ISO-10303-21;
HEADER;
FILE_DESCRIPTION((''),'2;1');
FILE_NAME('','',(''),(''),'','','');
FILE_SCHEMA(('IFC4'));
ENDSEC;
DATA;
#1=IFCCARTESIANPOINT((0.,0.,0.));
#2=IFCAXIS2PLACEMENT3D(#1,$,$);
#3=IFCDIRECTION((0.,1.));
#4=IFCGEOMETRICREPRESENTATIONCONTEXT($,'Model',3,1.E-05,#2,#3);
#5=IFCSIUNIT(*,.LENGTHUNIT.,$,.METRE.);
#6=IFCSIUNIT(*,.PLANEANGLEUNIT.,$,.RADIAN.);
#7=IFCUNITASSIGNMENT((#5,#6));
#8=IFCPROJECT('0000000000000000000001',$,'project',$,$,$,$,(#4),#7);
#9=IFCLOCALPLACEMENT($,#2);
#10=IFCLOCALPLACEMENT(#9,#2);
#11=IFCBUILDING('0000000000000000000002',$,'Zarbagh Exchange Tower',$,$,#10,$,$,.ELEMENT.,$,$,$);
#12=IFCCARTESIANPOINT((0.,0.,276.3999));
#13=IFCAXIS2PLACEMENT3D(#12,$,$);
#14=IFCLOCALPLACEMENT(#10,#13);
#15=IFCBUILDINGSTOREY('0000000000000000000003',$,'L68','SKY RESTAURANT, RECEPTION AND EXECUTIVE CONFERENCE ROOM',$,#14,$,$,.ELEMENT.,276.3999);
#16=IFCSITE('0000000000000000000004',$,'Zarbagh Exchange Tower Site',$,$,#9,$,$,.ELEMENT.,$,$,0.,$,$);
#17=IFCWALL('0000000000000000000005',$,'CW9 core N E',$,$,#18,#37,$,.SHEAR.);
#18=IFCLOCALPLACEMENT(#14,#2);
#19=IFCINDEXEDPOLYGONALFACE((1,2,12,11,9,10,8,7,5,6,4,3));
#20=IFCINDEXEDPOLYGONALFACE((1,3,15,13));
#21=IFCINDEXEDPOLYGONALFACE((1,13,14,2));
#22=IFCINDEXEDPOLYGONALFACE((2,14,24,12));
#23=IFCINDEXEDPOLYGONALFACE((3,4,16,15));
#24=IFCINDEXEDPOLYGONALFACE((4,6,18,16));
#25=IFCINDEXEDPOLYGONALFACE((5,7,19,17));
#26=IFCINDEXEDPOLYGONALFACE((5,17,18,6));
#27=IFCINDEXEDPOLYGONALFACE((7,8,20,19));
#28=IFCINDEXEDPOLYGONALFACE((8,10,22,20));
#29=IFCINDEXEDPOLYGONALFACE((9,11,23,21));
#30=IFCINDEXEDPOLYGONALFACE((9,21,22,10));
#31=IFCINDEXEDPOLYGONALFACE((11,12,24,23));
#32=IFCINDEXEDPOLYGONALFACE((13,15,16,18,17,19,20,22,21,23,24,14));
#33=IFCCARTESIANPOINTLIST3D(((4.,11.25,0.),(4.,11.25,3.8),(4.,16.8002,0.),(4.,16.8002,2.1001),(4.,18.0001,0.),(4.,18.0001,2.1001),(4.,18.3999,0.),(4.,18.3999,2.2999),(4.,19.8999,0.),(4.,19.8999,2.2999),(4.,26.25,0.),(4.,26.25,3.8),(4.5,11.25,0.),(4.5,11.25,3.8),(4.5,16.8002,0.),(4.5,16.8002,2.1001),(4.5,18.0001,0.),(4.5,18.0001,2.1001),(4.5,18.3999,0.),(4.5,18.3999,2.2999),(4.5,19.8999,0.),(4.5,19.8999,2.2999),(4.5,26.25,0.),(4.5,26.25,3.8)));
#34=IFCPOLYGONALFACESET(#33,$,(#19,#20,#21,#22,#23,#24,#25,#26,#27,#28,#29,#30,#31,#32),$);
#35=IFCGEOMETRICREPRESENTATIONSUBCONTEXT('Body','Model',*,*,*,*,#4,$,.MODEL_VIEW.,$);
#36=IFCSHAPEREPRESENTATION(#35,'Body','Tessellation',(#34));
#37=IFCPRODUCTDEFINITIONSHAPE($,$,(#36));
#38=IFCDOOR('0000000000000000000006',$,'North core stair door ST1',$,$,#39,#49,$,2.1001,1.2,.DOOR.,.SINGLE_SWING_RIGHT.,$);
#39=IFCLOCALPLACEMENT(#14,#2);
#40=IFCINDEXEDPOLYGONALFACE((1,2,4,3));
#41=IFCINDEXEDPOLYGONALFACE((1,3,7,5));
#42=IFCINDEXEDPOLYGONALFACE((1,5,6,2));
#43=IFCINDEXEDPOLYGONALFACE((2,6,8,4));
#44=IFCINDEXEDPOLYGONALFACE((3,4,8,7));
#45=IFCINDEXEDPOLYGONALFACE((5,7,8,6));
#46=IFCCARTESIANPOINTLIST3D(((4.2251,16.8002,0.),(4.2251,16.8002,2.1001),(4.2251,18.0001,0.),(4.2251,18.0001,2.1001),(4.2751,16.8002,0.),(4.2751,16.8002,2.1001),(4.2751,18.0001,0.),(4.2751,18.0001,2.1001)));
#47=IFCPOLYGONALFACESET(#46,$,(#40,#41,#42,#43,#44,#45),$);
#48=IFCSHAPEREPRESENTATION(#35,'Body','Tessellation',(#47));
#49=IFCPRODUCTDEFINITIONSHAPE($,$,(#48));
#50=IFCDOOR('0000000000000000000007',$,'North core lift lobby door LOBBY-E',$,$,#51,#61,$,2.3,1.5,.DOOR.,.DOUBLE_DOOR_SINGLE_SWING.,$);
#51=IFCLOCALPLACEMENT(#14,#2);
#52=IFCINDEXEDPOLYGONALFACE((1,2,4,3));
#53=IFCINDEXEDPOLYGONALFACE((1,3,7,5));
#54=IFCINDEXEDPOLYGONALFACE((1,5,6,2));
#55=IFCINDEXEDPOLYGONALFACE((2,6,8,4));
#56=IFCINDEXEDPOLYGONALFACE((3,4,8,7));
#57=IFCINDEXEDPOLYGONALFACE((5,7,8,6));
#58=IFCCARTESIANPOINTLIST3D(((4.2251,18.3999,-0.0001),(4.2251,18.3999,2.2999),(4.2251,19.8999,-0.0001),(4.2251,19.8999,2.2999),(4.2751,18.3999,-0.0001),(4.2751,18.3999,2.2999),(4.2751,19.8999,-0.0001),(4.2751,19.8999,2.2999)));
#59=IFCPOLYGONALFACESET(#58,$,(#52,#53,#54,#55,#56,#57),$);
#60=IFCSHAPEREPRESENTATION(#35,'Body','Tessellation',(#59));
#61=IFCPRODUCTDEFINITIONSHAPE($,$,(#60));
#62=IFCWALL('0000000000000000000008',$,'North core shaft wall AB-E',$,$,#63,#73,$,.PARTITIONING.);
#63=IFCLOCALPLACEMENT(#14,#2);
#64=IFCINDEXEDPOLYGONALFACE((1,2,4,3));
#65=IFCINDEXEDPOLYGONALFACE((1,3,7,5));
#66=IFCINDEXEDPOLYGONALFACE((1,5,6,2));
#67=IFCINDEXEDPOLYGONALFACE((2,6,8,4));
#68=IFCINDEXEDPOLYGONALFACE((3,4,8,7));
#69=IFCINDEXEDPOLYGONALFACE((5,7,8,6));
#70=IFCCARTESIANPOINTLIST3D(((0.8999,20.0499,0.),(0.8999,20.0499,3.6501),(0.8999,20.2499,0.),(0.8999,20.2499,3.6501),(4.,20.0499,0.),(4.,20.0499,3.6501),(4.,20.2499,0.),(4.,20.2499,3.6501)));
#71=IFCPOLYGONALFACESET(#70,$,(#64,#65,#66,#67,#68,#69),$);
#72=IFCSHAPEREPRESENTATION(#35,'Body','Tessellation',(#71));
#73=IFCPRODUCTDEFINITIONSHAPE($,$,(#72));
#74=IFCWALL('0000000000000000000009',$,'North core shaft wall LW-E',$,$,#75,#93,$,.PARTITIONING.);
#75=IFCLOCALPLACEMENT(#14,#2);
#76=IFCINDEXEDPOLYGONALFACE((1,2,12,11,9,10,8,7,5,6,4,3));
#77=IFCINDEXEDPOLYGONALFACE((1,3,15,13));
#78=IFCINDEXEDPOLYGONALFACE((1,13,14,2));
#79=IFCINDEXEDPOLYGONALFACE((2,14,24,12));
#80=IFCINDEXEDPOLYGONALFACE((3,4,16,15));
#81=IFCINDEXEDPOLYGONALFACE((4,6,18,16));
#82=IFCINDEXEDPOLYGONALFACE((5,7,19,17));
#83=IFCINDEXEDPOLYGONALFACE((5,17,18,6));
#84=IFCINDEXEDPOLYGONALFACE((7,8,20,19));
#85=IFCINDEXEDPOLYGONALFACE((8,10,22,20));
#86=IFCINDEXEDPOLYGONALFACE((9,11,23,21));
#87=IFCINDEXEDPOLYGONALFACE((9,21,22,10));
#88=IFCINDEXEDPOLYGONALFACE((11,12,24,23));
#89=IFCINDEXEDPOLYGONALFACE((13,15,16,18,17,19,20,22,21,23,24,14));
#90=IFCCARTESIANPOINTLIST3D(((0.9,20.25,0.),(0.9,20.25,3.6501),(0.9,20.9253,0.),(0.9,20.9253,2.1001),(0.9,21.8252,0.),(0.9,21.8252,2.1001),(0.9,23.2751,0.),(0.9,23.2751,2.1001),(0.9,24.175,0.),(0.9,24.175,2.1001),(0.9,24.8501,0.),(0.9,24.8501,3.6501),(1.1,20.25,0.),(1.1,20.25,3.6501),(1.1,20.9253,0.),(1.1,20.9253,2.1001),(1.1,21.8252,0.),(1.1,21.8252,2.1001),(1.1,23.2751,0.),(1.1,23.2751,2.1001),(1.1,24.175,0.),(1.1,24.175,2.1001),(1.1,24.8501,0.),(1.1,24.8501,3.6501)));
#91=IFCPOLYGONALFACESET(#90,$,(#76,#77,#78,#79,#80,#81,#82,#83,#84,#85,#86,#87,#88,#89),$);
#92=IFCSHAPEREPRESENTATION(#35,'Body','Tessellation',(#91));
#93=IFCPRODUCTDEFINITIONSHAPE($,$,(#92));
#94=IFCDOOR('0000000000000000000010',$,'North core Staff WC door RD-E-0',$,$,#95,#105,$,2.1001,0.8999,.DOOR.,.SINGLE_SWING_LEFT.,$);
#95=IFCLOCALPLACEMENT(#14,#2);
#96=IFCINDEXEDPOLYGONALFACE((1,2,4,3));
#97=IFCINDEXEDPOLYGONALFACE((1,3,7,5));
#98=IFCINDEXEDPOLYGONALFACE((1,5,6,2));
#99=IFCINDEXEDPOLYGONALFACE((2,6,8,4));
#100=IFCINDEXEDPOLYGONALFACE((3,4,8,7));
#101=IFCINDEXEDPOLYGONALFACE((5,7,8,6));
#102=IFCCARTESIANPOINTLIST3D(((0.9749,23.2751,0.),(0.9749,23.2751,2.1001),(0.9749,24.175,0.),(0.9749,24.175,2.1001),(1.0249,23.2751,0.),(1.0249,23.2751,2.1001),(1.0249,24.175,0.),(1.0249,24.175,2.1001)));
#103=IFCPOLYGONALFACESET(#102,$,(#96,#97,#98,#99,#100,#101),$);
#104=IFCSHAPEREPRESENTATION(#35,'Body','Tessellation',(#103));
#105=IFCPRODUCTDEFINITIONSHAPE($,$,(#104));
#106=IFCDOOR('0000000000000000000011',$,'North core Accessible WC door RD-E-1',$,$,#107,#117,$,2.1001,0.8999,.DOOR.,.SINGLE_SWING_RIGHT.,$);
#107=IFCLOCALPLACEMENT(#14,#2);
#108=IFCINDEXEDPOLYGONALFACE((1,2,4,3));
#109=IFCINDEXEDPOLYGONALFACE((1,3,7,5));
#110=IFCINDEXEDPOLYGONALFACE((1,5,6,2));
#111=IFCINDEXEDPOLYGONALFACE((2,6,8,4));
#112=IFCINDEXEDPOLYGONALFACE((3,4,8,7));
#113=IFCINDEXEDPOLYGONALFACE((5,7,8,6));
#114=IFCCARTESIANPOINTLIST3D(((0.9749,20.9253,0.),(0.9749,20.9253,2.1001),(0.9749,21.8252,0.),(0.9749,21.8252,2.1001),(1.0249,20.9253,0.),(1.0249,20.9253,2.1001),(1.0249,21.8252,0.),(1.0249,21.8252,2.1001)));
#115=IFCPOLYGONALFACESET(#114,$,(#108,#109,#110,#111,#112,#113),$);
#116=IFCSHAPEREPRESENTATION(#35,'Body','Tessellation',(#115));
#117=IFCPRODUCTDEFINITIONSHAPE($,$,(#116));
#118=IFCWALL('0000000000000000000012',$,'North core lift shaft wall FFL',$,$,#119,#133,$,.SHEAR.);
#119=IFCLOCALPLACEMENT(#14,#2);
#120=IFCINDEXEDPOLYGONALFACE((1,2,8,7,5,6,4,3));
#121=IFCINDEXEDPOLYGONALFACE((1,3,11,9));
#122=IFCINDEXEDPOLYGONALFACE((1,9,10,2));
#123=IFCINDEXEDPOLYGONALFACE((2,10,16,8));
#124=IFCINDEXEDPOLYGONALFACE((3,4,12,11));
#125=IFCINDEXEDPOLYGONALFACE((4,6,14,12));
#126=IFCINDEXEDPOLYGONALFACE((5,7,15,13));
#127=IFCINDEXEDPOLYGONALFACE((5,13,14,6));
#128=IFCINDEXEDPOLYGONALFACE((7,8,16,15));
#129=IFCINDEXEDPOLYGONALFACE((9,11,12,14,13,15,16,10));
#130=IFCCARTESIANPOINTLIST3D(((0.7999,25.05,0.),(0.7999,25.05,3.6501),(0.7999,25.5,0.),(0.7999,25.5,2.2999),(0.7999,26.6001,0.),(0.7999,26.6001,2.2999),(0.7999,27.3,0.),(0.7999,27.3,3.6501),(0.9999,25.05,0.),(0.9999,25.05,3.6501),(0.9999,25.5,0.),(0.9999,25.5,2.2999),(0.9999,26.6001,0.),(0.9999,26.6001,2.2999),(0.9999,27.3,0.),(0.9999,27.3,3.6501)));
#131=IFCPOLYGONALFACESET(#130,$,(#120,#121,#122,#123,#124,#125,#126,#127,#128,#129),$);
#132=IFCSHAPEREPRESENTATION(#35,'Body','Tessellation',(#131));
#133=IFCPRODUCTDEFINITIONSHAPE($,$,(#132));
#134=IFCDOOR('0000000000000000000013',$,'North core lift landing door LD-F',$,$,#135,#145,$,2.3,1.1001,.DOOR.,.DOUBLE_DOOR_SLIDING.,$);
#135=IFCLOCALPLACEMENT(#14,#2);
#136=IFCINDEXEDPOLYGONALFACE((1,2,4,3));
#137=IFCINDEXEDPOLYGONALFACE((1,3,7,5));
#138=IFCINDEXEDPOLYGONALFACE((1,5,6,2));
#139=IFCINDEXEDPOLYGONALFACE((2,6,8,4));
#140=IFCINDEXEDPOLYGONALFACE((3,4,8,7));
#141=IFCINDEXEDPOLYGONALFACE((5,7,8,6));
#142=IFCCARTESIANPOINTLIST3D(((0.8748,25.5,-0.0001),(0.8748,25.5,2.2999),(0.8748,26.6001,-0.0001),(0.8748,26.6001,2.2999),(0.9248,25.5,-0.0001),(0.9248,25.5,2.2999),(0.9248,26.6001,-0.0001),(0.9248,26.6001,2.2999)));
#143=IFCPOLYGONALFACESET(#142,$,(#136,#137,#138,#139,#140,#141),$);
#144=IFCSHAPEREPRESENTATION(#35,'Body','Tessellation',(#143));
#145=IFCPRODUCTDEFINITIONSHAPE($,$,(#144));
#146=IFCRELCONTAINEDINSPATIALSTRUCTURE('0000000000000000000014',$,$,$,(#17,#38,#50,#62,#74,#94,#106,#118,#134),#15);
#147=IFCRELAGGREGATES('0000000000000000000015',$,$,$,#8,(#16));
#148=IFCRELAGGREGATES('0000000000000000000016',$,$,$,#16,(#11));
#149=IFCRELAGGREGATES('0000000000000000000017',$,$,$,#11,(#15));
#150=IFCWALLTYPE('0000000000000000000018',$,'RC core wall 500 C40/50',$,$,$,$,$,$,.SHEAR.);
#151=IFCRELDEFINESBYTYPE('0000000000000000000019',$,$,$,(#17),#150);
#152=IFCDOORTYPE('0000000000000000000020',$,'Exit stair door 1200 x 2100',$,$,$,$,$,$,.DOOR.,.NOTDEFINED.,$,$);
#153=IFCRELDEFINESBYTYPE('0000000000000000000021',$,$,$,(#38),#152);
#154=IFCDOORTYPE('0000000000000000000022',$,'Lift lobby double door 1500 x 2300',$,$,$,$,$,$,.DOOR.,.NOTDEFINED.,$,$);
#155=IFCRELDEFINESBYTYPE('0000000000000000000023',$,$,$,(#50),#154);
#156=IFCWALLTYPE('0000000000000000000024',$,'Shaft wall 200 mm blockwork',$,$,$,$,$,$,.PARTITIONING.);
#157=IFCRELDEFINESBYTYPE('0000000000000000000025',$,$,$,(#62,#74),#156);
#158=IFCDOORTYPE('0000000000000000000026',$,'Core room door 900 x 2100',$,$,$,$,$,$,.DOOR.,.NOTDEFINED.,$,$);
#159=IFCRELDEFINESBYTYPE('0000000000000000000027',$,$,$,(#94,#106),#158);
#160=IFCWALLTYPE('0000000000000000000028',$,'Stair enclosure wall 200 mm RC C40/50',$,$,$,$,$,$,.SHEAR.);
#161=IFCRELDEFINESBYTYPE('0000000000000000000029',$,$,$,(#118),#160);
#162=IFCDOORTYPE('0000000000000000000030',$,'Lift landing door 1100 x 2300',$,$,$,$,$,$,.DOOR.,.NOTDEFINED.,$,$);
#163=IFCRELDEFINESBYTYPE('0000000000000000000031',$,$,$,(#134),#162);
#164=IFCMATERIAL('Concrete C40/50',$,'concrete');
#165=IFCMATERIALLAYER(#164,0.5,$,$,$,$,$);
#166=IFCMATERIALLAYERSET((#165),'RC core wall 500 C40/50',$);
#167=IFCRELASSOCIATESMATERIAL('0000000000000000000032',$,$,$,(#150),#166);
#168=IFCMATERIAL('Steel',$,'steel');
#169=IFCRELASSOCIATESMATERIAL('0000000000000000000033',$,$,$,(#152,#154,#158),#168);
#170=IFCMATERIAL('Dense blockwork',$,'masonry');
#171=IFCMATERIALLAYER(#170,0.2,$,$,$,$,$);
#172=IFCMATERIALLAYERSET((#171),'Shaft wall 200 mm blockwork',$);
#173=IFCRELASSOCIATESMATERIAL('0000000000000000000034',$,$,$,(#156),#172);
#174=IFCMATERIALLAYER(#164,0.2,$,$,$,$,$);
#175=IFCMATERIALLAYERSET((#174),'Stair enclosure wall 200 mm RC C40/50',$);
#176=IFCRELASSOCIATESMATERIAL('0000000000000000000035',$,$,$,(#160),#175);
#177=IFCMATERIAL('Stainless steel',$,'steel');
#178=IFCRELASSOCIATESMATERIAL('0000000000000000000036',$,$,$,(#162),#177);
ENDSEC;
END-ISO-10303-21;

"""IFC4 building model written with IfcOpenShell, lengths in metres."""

from ifc_helpers import new_model, si_unit, direction, frame, frame_2d, origin, place, context, subcontext, project, spatial, rectangle, extrude, material, layer, layer_set, type_object, element, fill, save


model = new_model("IFC4")

# Units and contexts
model_context = context("Model", 3, precision=1e-05, world=origin(), true_north=direction((0.0, 1.0)))
body_context = subcontext(model_context, "Body", "Model", "MODEL_VIEW")
ifc_project = project(units=[si_unit("LENGTHUNIT", "METRE"), si_unit("PLANEANGLEUNIT", "RADIAN")], contexts=[model_context])

# Site, building, storey
site_placement = place(None, origin())
site = spatial("IfcSite", under=ifc_project, at=site_placement, Name="Zarbagh Exchange Tower Site", CompositionType="ELEMENT", RefElevation=0.0)
building_placement = place(site_placement, origin())
building = spatial("IfcBuilding", under=site, at=building_placement, Name="Zarbagh Exchange Tower", CompositionType="ELEMENT")
storey_placement = place(building_placement, frame((0.0, 0.0, 276.3999)))
storey = spatial("IfcBuildingStorey", under=building, at=storey_placement, Name="L68", Description="SKY RESTAURANT, RECEPTION AND EXECUTIVE CONFERENCE ROOM", CompositionType="ELEMENT", Elevation=276.3999)

# Shared definitions
ifc_material_1 = material(Name="Concrete C40/50", Category="concrete")

# Shared definitions
ifc_material_2 = material(Name="Dense blockwork", Category="masonry")

# Wall, openings, doors
ifc_layer_1 = layer(ifc_material_1, 0.5)
ifc_layer_set_1 = layer_set([ifc_layer_1], Name="RC core wall 500 C40/50")
wall_type_1 = type_object("IfcWallType", Name="RC core wall 500 C40/50", PredefinedType="SHEAR", material=ifc_layer_set_1)
wall_1_placement = place(storey_placement, frame((4.25, 11.25, 0.0), z_axis=(0.0, 0.0, 1.0), x_axis=(0.0, 1.0, 0.0)))
wall_1 = element("IfcWall", 1, at=wall_1_placement, inside=storey, type_object=wall_type_1, Name="CW9 core N E", PredefinedType="SHEAR", context=body_context, shape_type="SweptSolid", body=[
    extrude(rectangle(XDim=15.0, YDim=0.5, at=frame_2d((7.5, 0.0))), origin(), (0.0, 0.0, 1.0), 3.8),
])
opening_1_placement = place(wall_1_placement, frame((7.1499, 0.0, 0.0)))
opening_1 = element("IfcOpeningElement", 2, at=opening_1_placement, cuts=wall_1, PredefinedType="OPENING", context=body_context, shape_type="SweptSolid", body=[
    extrude(rectangle(XDim=1.5, YDim=2.3, at=frame_2d((0.75, 1.1499))), frame((0.0, 0.26, 0.0), z_axis=(0.0, -1.0, 0.0), x_axis=(1.0, 0.0, 0.0)), (0.0, 0.0, 1.0), 0.52),
])
opening_2_placement = place(wall_1_placement, frame((5.55, 0.0, 0.0)))
opening_2 = element("IfcOpeningElement", 3, at=opening_2_placement, cuts=wall_1, PredefinedType="OPENING", context=body_context, shape_type="SweptSolid", body=[
    extrude(rectangle(XDim=1.2, YDim=2.1001, at=frame_2d((0.6001, 1.05))), frame((0.0, 0.26, 0.0), z_axis=(0.0, -1.0, 0.0), x_axis=(1.0, 0.0, 0.0)), (0.0, 0.0, 1.0), 0.52),
])
ifc_material_3 = material(Name="Steel", Category="steel")
door_type_1 = type_object("IfcDoorType", Name="Exit stair door 1200 x 2100", OperationType="NOTDEFINED", PredefinedType="DOOR", material=ifc_material_3)
door_1_placement = place(opening_2_placement, origin())
door_1 = element("IfcDoor", 4, at=door_1_placement, inside=storey, type_object=door_type_1, Name="North core stair door ST1", OperationType="SINGLE_SWING_RIGHT", OverallHeight=2.1001, OverallWidth=1.2, PredefinedType="DOOR", context=body_context, shape_type="SweptSolid", body=[
    extrude(rectangle(XDim=1.2, YDim=2.1001, at=frame_2d((0.6001, 1.05))), frame((0.0, 0.0249, 0.0), z_axis=(0.0, -1.0, 0.0), x_axis=(1.0, 0.0, 0.0)), (0.0, 0.0, 1.0), 0.05),
])
fill(opening_2, door_1)
door_type_2 = type_object("IfcDoorType", Name="Lift lobby double door 1500 x 2300", OperationType="NOTDEFINED", PredefinedType="DOOR", material=ifc_material_3)
door_2_placement = place(opening_1_placement, origin())
door_2 = element("IfcDoor", 5, at=door_2_placement, inside=storey, type_object=door_type_2, Name="North core lift lobby door LOBBY-E", OperationType="DOUBLE_DOOR_SINGLE_SWING", OverallHeight=2.3, OverallWidth=1.5, PredefinedType="DOOR", context=body_context, shape_type="SweptSolid", body=[
    extrude(rectangle(XDim=1.5, YDim=2.3, at=frame_2d((0.75, 1.1499))), frame((0.0, 0.0249, 0.0), z_axis=(0.0, -1.0, 0.0), x_axis=(1.0, 0.0, 0.0)), (0.0, 0.0, 1.0), 0.05),
])
fill(opening_1, door_2)

# Wall
ifc_layer_2 = layer(ifc_material_2, 0.2)
ifc_layer_set_2 = layer_set([ifc_layer_2], Name="Shaft wall 200 mm blockwork")
wall_type_2 = type_object("IfcWallType", Name="Shaft wall 200 mm blockwork", PredefinedType="PARTITIONING", material=ifc_layer_set_2)
wall_2_placement = place(storey_placement, frame((0.8999, 20.1499, 0.0), z_axis=(0.0, 0.0, 1.0), x_axis=(1.0, 0.0, 0.0)))
element("IfcWall", 6, at=wall_2_placement, inside=storey, type_object=wall_type_2, Name="North core shaft wall AB-E", PredefinedType="PARTITIONING", context=body_context, shape_type="SweptSolid", body=[
    extrude(rectangle(XDim=3.1001, YDim=0.2, at=frame_2d((1.55, 0.0))), origin(), (0.0, 0.0, 1.0), 3.6501),
])

# Wall, openings, doors
wall_3_placement = place(storey_placement, frame((1.0, 24.8501, 0.0), z_axis=(0.0, 0.0, 1.0), x_axis=(0.0, -1.0, 0.0)))
wall_3 = element("IfcWall", 7, at=wall_3_placement, inside=storey, type_object=wall_type_2, Name="North core shaft wall LW-E", PredefinedType="PARTITIONING", context=body_context, shape_type="SweptSolid", body=[
    extrude(rectangle(XDim=4.6001, YDim=0.2, at=frame_2d((2.3, 0.0))), origin(), (0.0, 0.0, 1.0), 3.6501),
])
opening_3_placement = place(wall_3_placement, frame((0.675, 0.0, 0.0)))
opening_3 = element("IfcOpeningElement", 8, at=opening_3_placement, cuts=wall_3, PredefinedType="OPENING", context=body_context, shape_type="SweptSolid", body=[
    extrude(rectangle(XDim=0.8999, YDim=2.1001, at=frame_2d((0.45, 1.05))), frame((0.0, 0.1099, 0.0), z_axis=(0.0, -1.0, 0.0), x_axis=(1.0, 0.0, 0.0)), (0.0, 0.0, 1.0), 0.22),
])
opening_4_placement = place(wall_3_placement, frame((3.0249, 0.0, 0.0)))
opening_4 = element("IfcOpeningElement", 9, at=opening_4_placement, cuts=wall_3, PredefinedType="OPENING", context=body_context, shape_type="SweptSolid", body=[
    extrude(rectangle(XDim=0.8999, YDim=2.1001, at=frame_2d((0.45, 1.05))), frame((0.0, 0.1099, 0.0), z_axis=(0.0, -1.0, 0.0), x_axis=(1.0, 0.0, 0.0)), (0.0, 0.0, 1.0), 0.22),
])
door_type_3 = type_object("IfcDoorType", Name="Core room door 900 x 2100", OperationType="NOTDEFINED", PredefinedType="DOOR", material=ifc_material_3)
door_3_placement = place(opening_3_placement, origin())
door_3 = element("IfcDoor", 10, at=door_3_placement, inside=storey, type_object=door_type_3, Name="North core Staff WC door RD-E-0", OperationType="SINGLE_SWING_LEFT", OverallHeight=2.1001, OverallWidth=0.8999, PredefinedType="DOOR", context=body_context, shape_type="SweptSolid", body=[
    extrude(rectangle(XDim=0.8999, YDim=2.1001, at=frame_2d((0.45, 1.05))), frame((0.0, 0.0249, 0.0), z_axis=(0.0, -1.0, 0.0), x_axis=(1.0, 0.0, 0.0)), (0.0, 0.0, 1.0), 0.05),
])
fill(opening_3, door_3)
door_4_placement = place(opening_4_placement, origin())
door_4 = element("IfcDoor", 11, at=door_4_placement, inside=storey, type_object=door_type_3, Name="North core Accessible WC door RD-E-1", OperationType="SINGLE_SWING_RIGHT", OverallHeight=2.1001, OverallWidth=0.8999, PredefinedType="DOOR", context=body_context, shape_type="SweptSolid", body=[
    extrude(rectangle(XDim=0.8999, YDim=2.1001, at=frame_2d((0.45, 1.05))), frame((0.0, 0.0249, 0.0), z_axis=(0.0, -1.0, 0.0), x_axis=(1.0, 0.0, 0.0)), (0.0, 0.0, 1.0), 0.05),
])
fill(opening_4, door_4)

# Wall, opening, door
ifc_layer_3 = layer(ifc_material_1, 0.2)
ifc_layer_set_3 = layer_set([ifc_layer_3], Name="Stair enclosure wall 200 mm RC C40/50")
wall_type_3 = type_object("IfcWallType", Name="Stair enclosure wall 200 mm RC C40/50", PredefinedType="SHEAR", material=ifc_layer_set_3)
wall_4_placement = place(storey_placement, frame((0.8999, 27.3, 0.0), z_axis=(0.0, 0.0, 1.0), x_axis=(0.0, -1.0, 0.0)))
wall_4 = element("IfcWall", 12, at=wall_4_placement, inside=storey, type_object=wall_type_3, Name="North core lift shaft wall FFL", PredefinedType="SHEAR", context=body_context, shape_type="SweptSolid", body=[
    extrude(rectangle(XDim=2.25, YDim=0.2, at=frame_2d((1.125, 0.0))), origin(), (0.0, 0.0, 1.0), 3.6501),
])
opening_5_placement = place(wall_4_placement, frame((0.7, 0.0, 0.0)))
opening_5 = element("IfcOpeningElement", 13, at=opening_5_placement, cuts=wall_4, PredefinedType="OPENING", context=body_context, shape_type="SweptSolid", body=[
    extrude(rectangle(XDim=1.1001, YDim=2.3, at=frame_2d((0.55, 1.1499))), frame((0.0, 0.1099, 0.0), z_axis=(0.0, -1.0, 0.0), x_axis=(1.0, 0.0, 0.0)), (0.0, 0.0, 1.0), 0.22),
])
ifc_material_4 = material(Name="Stainless steel", Category="steel")
door_type_4 = type_object("IfcDoorType", Name="Lift landing door 1100 x 2300", OperationType="NOTDEFINED", PredefinedType="DOOR", material=ifc_material_4)
door_5_placement = place(opening_5_placement, origin())
door_5 = element("IfcDoor", 14, at=door_5_placement, inside=storey, type_object=door_type_4, Name="North core lift landing door LD-F", OperationType="DOUBLE_DOOR_SLIDING", OverallHeight=2.3, OverallWidth=1.1001, PredefinedType="DOOR", context=body_context, shape_type="SweptSolid", body=[
    extrude(rectangle(XDim=1.1001, YDim=2.3, at=frame_2d((0.55, 1.1499))), frame((0.0, 0.0249, 0.0), z_axis=(0.0, -1.0, 0.0), x_axis=(1.0, 0.0, 0.0)), (0.0, 0.0, 1.0), 0.05),
])
fill(opening_5, door_5)

save(model, "model.ifc")
